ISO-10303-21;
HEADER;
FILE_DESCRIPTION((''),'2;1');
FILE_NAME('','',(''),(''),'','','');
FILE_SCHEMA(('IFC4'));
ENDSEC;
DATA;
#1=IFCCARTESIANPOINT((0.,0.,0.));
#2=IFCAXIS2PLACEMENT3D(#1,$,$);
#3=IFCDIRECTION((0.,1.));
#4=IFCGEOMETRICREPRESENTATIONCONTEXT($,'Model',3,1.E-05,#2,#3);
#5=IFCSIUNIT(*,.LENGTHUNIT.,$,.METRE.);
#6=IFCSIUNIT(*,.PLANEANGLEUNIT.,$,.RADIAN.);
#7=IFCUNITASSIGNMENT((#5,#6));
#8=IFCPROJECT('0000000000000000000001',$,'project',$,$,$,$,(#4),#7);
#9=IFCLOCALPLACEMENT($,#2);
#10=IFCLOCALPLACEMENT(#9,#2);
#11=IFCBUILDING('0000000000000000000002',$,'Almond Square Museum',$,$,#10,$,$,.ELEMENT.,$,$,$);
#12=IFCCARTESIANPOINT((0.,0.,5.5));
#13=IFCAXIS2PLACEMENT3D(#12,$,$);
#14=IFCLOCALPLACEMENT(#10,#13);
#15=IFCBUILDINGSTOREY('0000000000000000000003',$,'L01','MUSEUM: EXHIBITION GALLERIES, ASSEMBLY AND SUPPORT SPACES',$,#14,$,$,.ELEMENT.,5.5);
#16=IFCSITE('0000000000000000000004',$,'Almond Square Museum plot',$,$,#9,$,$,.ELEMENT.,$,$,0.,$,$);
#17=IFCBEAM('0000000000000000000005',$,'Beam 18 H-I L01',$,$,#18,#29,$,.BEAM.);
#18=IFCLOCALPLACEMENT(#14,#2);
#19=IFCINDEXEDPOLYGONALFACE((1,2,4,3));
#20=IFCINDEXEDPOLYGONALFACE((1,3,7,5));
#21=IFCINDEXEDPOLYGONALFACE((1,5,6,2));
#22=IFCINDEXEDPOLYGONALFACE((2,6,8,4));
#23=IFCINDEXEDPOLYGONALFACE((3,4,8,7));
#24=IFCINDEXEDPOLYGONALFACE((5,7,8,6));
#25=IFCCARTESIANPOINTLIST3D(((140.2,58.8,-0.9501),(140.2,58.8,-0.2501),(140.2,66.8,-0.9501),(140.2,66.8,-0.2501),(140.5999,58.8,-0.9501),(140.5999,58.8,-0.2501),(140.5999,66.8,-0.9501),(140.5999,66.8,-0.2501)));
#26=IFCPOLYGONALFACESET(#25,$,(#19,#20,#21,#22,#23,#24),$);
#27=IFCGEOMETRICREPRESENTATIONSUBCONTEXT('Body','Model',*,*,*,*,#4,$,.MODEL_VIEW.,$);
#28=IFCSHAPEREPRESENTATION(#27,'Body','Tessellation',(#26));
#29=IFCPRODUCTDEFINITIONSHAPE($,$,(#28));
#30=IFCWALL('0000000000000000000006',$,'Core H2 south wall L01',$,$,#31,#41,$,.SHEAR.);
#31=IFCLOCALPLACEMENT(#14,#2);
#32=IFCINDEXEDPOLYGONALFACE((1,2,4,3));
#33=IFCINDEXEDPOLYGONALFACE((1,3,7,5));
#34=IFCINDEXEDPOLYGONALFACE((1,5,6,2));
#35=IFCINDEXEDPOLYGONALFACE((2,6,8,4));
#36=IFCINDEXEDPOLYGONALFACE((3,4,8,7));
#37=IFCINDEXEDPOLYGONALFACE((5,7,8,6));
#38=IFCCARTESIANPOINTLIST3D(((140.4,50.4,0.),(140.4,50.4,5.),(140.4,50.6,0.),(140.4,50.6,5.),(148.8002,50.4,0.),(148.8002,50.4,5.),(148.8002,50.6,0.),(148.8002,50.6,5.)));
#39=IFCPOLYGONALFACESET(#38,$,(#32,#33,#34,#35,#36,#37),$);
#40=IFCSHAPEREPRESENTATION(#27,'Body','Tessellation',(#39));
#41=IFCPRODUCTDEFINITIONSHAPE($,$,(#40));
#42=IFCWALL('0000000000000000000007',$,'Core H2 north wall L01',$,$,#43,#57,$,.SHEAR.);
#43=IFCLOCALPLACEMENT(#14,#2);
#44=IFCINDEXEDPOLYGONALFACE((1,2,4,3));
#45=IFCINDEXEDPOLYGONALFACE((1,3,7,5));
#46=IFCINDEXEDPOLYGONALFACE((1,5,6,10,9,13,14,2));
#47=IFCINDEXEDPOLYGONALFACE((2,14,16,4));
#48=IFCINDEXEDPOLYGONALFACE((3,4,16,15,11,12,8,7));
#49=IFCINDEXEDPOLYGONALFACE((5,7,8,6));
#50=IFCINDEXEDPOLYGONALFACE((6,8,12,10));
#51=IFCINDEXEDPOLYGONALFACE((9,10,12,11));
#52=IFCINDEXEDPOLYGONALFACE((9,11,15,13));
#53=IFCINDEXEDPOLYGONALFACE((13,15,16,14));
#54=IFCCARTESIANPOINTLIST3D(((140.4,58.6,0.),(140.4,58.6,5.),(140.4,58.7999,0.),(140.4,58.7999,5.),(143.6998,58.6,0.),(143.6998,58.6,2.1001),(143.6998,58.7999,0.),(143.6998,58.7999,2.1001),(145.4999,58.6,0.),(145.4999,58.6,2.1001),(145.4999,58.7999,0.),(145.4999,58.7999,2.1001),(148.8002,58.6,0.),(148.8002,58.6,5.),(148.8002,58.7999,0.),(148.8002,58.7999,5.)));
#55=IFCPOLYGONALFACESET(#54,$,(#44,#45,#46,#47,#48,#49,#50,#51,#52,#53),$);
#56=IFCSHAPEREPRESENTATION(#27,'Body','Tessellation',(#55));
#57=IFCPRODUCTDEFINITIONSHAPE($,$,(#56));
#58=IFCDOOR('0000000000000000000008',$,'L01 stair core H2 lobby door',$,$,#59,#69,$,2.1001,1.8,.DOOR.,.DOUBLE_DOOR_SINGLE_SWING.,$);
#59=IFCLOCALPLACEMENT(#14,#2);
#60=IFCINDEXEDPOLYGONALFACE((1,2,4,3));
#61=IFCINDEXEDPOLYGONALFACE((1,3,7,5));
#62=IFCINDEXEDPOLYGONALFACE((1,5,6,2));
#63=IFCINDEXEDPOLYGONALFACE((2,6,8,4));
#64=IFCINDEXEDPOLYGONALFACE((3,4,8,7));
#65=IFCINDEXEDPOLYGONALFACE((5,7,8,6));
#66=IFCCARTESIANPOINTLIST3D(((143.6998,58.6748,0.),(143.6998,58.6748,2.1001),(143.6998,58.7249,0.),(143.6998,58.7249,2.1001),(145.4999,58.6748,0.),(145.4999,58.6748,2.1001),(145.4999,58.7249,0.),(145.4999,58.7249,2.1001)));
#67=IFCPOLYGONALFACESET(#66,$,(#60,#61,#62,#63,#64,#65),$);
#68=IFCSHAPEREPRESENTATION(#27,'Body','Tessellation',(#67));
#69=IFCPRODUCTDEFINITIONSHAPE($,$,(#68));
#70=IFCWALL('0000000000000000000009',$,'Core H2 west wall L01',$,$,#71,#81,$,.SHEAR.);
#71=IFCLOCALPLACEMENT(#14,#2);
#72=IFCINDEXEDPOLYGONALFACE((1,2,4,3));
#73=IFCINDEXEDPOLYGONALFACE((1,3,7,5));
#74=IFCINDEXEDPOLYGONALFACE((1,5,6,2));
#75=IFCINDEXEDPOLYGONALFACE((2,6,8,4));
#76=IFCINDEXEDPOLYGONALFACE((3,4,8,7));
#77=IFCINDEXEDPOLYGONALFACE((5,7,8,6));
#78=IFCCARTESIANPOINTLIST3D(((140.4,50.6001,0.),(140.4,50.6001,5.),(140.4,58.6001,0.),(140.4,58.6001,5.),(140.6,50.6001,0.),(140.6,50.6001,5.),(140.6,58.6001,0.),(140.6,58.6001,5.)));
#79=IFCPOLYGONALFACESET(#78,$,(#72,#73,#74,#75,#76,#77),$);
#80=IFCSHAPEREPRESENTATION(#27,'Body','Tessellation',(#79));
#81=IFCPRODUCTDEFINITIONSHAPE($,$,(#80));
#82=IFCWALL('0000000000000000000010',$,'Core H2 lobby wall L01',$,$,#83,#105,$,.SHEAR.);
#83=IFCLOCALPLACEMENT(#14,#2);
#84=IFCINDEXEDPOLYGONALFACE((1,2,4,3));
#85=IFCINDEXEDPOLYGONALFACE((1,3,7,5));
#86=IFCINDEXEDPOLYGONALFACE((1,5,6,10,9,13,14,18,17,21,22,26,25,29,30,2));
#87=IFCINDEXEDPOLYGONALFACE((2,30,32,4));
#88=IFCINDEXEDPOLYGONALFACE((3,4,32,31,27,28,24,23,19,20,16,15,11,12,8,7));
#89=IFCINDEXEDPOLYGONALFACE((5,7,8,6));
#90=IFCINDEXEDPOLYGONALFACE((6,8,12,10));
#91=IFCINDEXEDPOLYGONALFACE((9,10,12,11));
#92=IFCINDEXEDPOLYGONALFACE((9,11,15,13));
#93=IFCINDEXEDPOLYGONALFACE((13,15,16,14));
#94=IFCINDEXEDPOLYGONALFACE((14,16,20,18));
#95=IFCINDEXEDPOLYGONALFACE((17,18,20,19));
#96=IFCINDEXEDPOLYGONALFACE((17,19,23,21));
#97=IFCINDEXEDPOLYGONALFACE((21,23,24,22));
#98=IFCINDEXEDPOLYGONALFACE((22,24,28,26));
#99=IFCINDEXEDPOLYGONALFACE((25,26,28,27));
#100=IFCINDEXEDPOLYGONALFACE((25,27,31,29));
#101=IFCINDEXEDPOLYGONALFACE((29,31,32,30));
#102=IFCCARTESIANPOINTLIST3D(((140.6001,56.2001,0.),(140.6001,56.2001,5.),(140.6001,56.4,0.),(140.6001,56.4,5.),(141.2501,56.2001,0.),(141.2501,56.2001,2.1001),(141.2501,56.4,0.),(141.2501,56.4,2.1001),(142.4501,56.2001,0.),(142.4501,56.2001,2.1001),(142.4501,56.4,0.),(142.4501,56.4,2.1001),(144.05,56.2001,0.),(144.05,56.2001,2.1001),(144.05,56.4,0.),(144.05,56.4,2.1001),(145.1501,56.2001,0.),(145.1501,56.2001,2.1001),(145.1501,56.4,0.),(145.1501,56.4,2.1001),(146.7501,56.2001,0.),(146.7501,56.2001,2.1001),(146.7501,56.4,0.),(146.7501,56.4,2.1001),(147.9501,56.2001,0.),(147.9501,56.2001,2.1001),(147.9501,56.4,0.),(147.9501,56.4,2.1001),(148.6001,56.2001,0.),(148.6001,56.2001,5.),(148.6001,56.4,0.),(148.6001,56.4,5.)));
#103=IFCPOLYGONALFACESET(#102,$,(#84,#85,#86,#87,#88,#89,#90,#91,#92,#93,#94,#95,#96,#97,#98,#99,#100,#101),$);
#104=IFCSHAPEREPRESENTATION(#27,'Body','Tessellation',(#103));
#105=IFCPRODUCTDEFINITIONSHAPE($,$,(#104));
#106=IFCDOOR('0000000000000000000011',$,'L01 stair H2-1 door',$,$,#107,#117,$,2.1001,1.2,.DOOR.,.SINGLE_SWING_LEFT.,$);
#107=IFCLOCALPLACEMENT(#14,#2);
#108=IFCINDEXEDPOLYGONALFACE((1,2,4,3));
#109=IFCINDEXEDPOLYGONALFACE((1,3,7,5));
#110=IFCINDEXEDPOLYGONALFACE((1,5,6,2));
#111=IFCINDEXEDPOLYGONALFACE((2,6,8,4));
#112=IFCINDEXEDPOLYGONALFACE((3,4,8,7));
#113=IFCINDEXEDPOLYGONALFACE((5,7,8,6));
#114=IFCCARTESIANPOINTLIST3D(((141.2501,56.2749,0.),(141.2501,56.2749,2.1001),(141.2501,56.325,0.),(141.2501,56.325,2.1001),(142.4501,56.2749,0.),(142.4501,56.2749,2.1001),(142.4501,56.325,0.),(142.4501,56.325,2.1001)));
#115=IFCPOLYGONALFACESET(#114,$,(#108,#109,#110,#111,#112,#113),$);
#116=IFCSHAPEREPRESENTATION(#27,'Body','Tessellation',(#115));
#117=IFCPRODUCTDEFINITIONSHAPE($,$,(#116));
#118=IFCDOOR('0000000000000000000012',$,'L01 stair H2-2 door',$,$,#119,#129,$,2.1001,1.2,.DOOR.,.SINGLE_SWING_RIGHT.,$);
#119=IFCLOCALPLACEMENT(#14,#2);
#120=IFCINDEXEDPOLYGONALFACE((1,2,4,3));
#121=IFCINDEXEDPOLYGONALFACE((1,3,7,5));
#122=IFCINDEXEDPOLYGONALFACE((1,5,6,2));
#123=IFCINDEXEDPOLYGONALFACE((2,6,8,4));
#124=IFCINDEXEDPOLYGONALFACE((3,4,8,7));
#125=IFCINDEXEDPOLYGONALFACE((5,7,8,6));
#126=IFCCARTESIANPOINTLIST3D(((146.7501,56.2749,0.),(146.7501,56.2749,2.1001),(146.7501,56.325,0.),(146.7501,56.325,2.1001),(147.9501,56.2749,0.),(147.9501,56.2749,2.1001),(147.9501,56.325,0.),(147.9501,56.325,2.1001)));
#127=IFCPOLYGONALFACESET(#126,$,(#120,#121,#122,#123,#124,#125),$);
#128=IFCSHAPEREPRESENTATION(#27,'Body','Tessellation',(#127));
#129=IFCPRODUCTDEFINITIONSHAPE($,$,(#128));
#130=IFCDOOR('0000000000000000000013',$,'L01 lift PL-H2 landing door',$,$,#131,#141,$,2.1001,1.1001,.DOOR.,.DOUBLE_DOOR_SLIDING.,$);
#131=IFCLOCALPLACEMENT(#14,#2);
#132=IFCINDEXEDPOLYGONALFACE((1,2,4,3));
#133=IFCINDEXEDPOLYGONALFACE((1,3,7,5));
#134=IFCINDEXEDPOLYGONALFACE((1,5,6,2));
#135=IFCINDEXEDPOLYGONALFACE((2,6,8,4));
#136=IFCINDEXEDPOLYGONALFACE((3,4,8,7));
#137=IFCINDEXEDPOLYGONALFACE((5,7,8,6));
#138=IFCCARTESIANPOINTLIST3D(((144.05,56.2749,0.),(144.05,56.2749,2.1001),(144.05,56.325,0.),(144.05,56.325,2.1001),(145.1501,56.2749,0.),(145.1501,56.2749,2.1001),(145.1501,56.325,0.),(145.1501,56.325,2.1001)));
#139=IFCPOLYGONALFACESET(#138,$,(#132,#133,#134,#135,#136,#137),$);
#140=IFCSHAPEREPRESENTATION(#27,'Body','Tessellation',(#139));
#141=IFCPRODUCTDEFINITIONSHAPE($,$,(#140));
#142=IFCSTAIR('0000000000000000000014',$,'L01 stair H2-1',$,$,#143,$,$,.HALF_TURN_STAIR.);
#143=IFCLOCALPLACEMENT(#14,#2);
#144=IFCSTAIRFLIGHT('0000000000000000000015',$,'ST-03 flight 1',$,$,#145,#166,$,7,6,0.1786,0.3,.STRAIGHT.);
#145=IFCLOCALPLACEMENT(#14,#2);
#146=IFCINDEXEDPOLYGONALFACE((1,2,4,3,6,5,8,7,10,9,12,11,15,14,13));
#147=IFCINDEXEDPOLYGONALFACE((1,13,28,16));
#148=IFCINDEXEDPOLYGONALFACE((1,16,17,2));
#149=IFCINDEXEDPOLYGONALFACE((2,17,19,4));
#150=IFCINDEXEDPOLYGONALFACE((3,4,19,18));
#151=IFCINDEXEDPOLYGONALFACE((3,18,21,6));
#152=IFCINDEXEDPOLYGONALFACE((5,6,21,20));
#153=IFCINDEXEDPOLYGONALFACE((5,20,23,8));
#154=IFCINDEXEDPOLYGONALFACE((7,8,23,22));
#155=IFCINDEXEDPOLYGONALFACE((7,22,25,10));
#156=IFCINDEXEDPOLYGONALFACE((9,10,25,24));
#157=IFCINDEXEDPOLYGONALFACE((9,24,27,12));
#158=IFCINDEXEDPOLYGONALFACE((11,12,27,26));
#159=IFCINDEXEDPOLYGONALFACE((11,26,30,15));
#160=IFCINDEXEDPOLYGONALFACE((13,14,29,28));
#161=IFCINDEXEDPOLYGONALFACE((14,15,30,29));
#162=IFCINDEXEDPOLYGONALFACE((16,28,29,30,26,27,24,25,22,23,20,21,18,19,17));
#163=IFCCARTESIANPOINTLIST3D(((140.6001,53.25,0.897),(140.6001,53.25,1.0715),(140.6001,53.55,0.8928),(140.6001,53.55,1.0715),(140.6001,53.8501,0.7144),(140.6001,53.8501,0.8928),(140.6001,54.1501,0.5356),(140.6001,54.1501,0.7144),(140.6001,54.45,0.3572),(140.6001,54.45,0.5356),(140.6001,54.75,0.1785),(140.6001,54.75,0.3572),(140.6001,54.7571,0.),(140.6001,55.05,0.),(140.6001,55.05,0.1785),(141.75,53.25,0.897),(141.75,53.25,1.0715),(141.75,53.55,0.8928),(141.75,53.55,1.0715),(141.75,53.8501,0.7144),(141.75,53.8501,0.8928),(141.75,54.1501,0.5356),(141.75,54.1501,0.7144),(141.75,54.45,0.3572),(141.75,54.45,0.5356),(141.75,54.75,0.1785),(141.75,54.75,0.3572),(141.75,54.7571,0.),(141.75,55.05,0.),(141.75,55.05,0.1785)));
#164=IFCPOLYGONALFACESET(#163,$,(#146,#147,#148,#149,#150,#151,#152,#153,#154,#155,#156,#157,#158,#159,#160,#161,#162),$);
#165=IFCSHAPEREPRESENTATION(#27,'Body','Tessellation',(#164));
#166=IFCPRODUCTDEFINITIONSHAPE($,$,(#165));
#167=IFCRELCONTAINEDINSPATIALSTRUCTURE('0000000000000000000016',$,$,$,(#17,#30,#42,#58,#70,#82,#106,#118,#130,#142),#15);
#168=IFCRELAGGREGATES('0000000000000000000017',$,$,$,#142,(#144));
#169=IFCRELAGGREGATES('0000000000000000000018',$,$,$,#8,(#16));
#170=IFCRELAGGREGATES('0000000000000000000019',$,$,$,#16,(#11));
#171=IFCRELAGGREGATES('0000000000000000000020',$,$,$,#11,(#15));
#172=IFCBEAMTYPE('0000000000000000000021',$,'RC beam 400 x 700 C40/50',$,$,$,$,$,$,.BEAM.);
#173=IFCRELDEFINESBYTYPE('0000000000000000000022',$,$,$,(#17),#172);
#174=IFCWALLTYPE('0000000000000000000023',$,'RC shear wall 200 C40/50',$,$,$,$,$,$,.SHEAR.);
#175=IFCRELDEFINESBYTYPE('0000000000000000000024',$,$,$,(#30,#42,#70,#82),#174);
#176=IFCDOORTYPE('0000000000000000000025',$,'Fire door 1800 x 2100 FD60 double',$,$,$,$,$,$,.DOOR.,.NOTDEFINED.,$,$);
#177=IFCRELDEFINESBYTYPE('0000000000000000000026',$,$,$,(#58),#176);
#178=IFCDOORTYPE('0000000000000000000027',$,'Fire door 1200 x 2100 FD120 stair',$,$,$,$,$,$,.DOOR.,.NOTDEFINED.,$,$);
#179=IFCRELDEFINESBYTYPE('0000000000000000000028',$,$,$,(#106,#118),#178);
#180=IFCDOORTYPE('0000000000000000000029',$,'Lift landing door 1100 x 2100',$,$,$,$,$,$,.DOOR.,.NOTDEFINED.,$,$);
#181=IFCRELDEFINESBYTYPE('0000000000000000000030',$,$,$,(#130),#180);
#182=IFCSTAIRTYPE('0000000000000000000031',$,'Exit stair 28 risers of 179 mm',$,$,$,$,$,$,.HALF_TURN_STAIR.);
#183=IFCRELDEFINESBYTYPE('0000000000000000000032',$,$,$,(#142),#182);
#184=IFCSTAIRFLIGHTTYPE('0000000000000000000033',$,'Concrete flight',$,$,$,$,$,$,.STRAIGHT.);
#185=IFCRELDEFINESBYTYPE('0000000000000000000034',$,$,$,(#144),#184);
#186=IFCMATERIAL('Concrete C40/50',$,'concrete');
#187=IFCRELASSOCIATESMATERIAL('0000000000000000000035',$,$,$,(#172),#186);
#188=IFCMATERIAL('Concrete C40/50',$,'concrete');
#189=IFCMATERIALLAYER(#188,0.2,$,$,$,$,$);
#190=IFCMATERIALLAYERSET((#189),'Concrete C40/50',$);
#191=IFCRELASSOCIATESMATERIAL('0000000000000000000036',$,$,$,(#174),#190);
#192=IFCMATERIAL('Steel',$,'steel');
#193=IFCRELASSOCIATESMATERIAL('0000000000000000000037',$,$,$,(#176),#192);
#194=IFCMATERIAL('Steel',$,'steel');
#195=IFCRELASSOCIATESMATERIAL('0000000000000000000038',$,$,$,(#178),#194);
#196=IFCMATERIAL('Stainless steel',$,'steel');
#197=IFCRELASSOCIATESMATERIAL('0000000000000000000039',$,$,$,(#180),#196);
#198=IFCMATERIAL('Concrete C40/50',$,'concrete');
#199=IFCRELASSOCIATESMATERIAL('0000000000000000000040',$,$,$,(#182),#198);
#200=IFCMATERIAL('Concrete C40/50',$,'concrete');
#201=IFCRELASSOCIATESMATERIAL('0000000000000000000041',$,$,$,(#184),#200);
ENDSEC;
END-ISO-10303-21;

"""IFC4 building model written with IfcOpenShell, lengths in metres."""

from ifc_helpers import new_model, si_unit, direction, frame, frame_2d, origin, origin_2d, place, context, subcontext, project, spatial, polyline, rectangle, outline, extrude, material, layer, layer_set, material_profile, profile_set, type_object, element, fill, aggregate, save


model = new_model("IFC4")

# Units and contexts
model_context = context("Model", 3, precision=1e-05, world=origin(), true_north=direction((0.0, 1.0)))
body_context = subcontext(model_context, "Body", "Model", "MODEL_VIEW")
ifc_project = project(units=[si_unit("LENGTHUNIT", "METRE"), si_unit("PLANEANGLEUNIT", "RADIAN")], contexts=[model_context])

# Site, building, storey
site_placement = place(None, origin())
site = spatial("IfcSite", under=ifc_project, at=site_placement, Name="Almond Square Museum plot", CompositionType="ELEMENT", RefElevation=0.0)
building_placement = place(site_placement, origin())
building = spatial("IfcBuilding", under=site, at=building_placement, Name="Almond Square Museum", CompositionType="ELEMENT")
storey_placement = place(building_placement, frame((0.0, 0.0, 5.5)))
storey = spatial("IfcBuildingStorey", under=building, at=storey_placement, Name="L01", Description="MUSEUM: EXHIBITION GALLERIES, ASSEMBLY AND SUPPORT SPACES", CompositionType="ELEMENT", Elevation=5.5)

# Beam
ifc_material_1 = material(Name="Concrete C40/50", Category="concrete")
ifc_material_profile_1 = material_profile(ifc_material_1, rectangle(XDim=0.3999, YDim=0.7, at=origin_2d()))
ifc_profile_set_1 = profile_set([ifc_material_profile_1], Name="Concrete C40/50")
beam_type = type_object("IfcBeamType", Name="RC beam 400 x 700 C40/50", PredefinedType="BEAM", material=ifc_profile_set_1)
beam_placement = place(storey_placement, frame((140.3999, 58.8, -0.6001), z_axis=(0.0, 1.0, 0.0), x_axis=(-1.0, 0.0, 0.0)))
element("IfcBeam", 1, at=beam_placement, inside=storey, type_object=beam_type, Name="Beam 18 H-I L01", PredefinedType="BEAM", context=body_context, shape_type="SweptSolid", body=[
    extrude(rectangle(XDim=0.3999, YDim=0.7, at=origin_2d()), origin(), (0.0, 0.0, 1.0), 8.0),
])

# Wall
ifc_material_2 = material(Name="Concrete C40/50", Category="concrete")
ifc_layer_1 = layer(ifc_material_2, 0.2)
ifc_layer_set_1 = layer_set([ifc_layer_1], Name="Concrete C40/50")
wall_type = type_object("IfcWallType", Name="RC shear wall 200 C40/50", PredefinedType="SHEAR", material=ifc_layer_set_1)
wall_1_placement = place(storey_placement, frame((140.3999, 50.5, 0.0), z_axis=(0.0, 0.0, 1.0), x_axis=(1.0, 0.0, 0.0)))
element("IfcWall", 2, at=wall_1_placement, inside=storey, type_object=wall_type, Name="Core H2 south wall L01", PredefinedType="SHEAR", context=body_context, shape_type="SweptSolid", body=[
    extrude(rectangle(XDim=8.4001, YDim=0.2, at=frame_2d((4.2002, 0.0))), origin(), (0.0, 0.0, 1.0), 5.0),
])

# Wall, opening, door
wall_2_placement = place(storey_placement, frame((140.3999, 58.7, 0.0), z_axis=(0.0, 0.0, 1.0), x_axis=(1.0, 0.0, 0.0)))
wall_2 = element("IfcWall", 3, at=wall_2_placement, inside=storey, type_object=wall_type, Name="Core H2 north wall L01", PredefinedType="SHEAR", context=body_context, shape_type="SweptSolid", body=[
    extrude(rectangle(XDim=8.4001, YDim=0.2, at=frame_2d((4.2002, 0.0))), origin(), (0.0, 0.0, 1.0), 5.0),
])
opening_1_placement = place(wall_2_placement, frame((3.3, 0.0, 0.0)))
opening_1 = element("IfcOpeningElement", 4, at=opening_1_placement, cuts=wall_2, PredefinedType="OPENING", context=body_context, shape_type="SweptSolid", body=[
    extrude(rectangle(XDim=1.8, YDim=2.1001, at=frame_2d((0.8999, 1.05))), frame((0.0, 0.1099, 0.0), z_axis=(0.0, -1.0, 0.0), x_axis=(1.0, 0.0, 0.0)), (0.0, 0.0, 1.0), 0.22),
])
ifc_material_3 = material(Name="Steel", Category="steel")
door_type_1 = type_object("IfcDoorType", Name="Fire door 1800 x 2100 FD60 double", OperationType="NOTDEFINED", PredefinedType="DOOR", material=ifc_material_3)
door_1_placement = place(opening_1_placement, origin())
door_1 = element("IfcDoor", 5, at=door_1_placement, inside=storey, type_object=door_type_1, Name="L01 stair core H2 lobby door", OperationType="DOUBLE_DOOR_SINGLE_SWING", OverallHeight=2.1001, OverallWidth=1.8, PredefinedType="DOOR", context=body_context, shape_type="SweptSolid", body=[
    extrude(rectangle(XDim=1.8, YDim=2.1001, at=frame_2d((0.8999, 1.05))), frame((0.0, 0.0249, 0.0), z_axis=(0.0, -1.0, 0.0), x_axis=(1.0, 0.0, 0.0)), (0.0, 0.0, 1.0), 0.05),
])
fill(opening_1, door_1)

# Wall
wall_3_placement = place(storey_placement, frame((140.5, 50.6001, 0.0), z_axis=(0.0, 0.0, 1.0), x_axis=(0.0, 1.0, 0.0)))
element("IfcWall", 6, at=wall_3_placement, inside=storey, type_object=wall_type, Name="Core H2 west wall L01", PredefinedType="SHEAR", context=body_context, shape_type="SweptSolid", body=[
    extrude(rectangle(XDim=8.0, YDim=0.2, at=frame_2d((4.0, 0.0))), origin(), (0.0, 0.0, 1.0), 5.0),
])

# Wall, openings, doors
wall_4_placement = place(storey_placement, frame((140.6001, 56.3, 0.0), z_axis=(0.0, 0.0, 1.0), x_axis=(1.0, 0.0, 0.0)))
wall_4 = element("IfcWall", 7, at=wall_4_placement, inside=storey, type_object=wall_type, Name="Core H2 lobby wall L01", PredefinedType="SHEAR", context=body_context, shape_type="SweptSolid", body=[
    extrude(rectangle(XDim=8.0, YDim=0.2, at=frame_2d((4.0, 0.0))), origin(), (0.0, 0.0, 1.0), 5.0),
])
opening_2_placement = place(wall_4_placement, frame((0.6499, 0.0, 0.0)))
opening_2 = element("IfcOpeningElement", 8, at=opening_2_placement, cuts=wall_4, PredefinedType="OPENING", context=body_context, shape_type="SweptSolid", body=[
    extrude(rectangle(XDim=1.2, YDim=2.1001, at=frame_2d((0.6001, 1.05))), frame((0.0, 0.1099, 0.0), z_axis=(0.0, -1.0, 0.0), x_axis=(1.0, 0.0, 0.0)), (0.0, 0.0, 1.0), 0.22),
])
opening_3_placement = place(wall_4_placement, frame((6.1499, 0.0, 0.0)))
opening_3 = element("IfcOpeningElement", 9, at=opening_3_placement, cuts=wall_4, PredefinedType="OPENING", context=body_context, shape_type="SweptSolid", body=[
    extrude(rectangle(XDim=1.2, YDim=2.1001, at=frame_2d((0.6001, 1.05))), frame((0.0, 0.1099, 0.0), z_axis=(0.0, -1.0, 0.0), x_axis=(1.0, 0.0, 0.0)), (0.0, 0.0, 1.0), 0.22),
])
opening_4_placement = place(wall_4_placement, frame((3.45, 0.0, 0.0)))
opening_4 = element("IfcOpeningElement", 10, at=opening_4_placement, cuts=wall_4, PredefinedType="OPENING", context=body_context, shape_type="SweptSolid", body=[
    extrude(rectangle(XDim=1.1001, YDim=2.1001, at=frame_2d((0.55, 1.05))), frame((0.0, 0.1099, 0.0), z_axis=(0.0, -1.0, 0.0), x_axis=(1.0, 0.0, 0.0)), (0.0, 0.0, 1.0), 0.22),
])
ifc_material_4 = material(Name="Steel", Category="steel")
door_type_2 = type_object("IfcDoorType", Name="Fire door 1200 x 2100 FD120 stair", OperationType="NOTDEFINED", PredefinedType="DOOR", material=ifc_material_4)
door_2_placement = place(opening_2_placement, origin())
door_2 = element("IfcDoor", 11, at=door_2_placement, inside=storey, type_object=door_type_2, Name="L01 stair H2-1 door", OperationType="SINGLE_SWING_LEFT", OverallHeight=2.1001, OverallWidth=1.2, PredefinedType="DOOR", context=body_context, shape_type="SweptSolid", body=[
    extrude(rectangle(XDim=1.2, YDim=2.1001, at=frame_2d((0.6001, 1.05))), frame((0.0, 0.0249, 0.0), z_axis=(0.0, -1.0, 0.0), x_axis=(1.0, 0.0, 0.0)), (0.0, 0.0, 1.0), 0.05),
])
fill(opening_2, door_2)
door_3_placement = place(opening_3_placement, origin())
door_3 = element("IfcDoor", 12, at=door_3_placement, inside=storey, type_object=door_type_2, Name="L01 stair H2-2 door", OperationType="SINGLE_SWING_RIGHT", OverallHeight=2.1001, OverallWidth=1.2, PredefinedType="DOOR", context=body_context, shape_type="SweptSolid", body=[
    extrude(rectangle(XDim=1.2, YDim=2.1001, at=frame_2d((0.6001, 1.05))), frame((0.0, 0.0249, 0.0), z_axis=(0.0, -1.0, 0.0), x_axis=(1.0, 0.0, 0.0)), (0.0, 0.0, 1.0), 0.05),
])
fill(opening_3, door_3)
ifc_material_5 = material(Name="Stainless steel", Category="steel")
door_type_3 = type_object("IfcDoorType", Name="Lift landing door 1100 x 2100", OperationType="NOTDEFINED", PredefinedType="DOOR", material=ifc_material_5)
door_4_placement = place(opening_4_placement, origin())
door_4 = element("IfcDoor", 13, at=door_4_placement, inside=storey, type_object=door_type_3, Name="L01 lift PL-H2 landing door", OperationType="DOUBLE_DOOR_SLIDING", OverallHeight=2.1001, OverallWidth=1.1001, PredefinedType="DOOR", context=body_context, shape_type="SweptSolid", body=[
    extrude(rectangle(XDim=1.1001, YDim=2.1001, at=frame_2d((0.55, 1.05))), frame((0.0, 0.0249, 0.0), z_axis=(0.0, -1.0, 0.0), x_axis=(1.0, 0.0, 0.0)), (0.0, 0.0, 1.0), 0.05),
])
fill(opening_4, door_4)

# Stair, stair flight
ifc_material_6 = material(Name="Concrete C40/50", Category="concrete")
stair_type = type_object("IfcStairType", Name="Exit stair 28 risers of 179 mm", PredefinedType="HALF_TURN_STAIR", material=ifc_material_6)
stair_placement = place(storey_placement, origin())
stair = element("IfcStair", 14, at=stair_placement, inside=storey, type_object=stair_type, Name="L01 stair H2-1", PredefinedType="HALF_TURN_STAIR")
ifc_material_7 = material(Name="Concrete C40/50", Category="concrete")
stair_flight_type = type_object("IfcStairFlightType", Name="Concrete flight", PredefinedType="STRAIGHT", material=ifc_material_7)
stair_flight_1_placement = place(storey_placement, frame((141.175, 55.05, 0.0), z_axis=(0.0, 0.0, 1.0), x_axis=(0.0, -1.0, 0.0)))
stair_flight_1 = element("IfcStairFlight", 15, at=stair_flight_1_placement, type_object=stair_flight_type, Name="ST-03 flight 1", NumberOfRisers=7, NumberOfTreads=6, PredefinedType="STRAIGHT", RiserHeight=0.1786, TreadLength=0.3, context=body_context, shape_type="SweptSolid", body=[
    extrude(outline(polyline([(0.0, 0.0), (0.0, 0.1785), (0.3, 0.1785), (0.3, 0.3572), (0.6001, 0.3572), (0.6001, 0.5356), (0.8999, 0.5356), (0.8999, 0.7144), (1.2, 0.7144), (1.2, 0.8928), (1.5, 0.8928), (1.5, 1.0715), (1.8, 1.0715), (1.8, 1.25), (1.8, 0.897), (0.293, 0.0), (0.0, 0.0)])), frame((0.0, 0.575, 0.0), z_axis=(0.0, -1.0, 0.0), x_axis=(1.0, 0.0, 0.0)), (0.0, 0.0, 1.0), 1.1499),
])
aggregate(stair, [stair_flight_1])

save(model, "model.ifc")
